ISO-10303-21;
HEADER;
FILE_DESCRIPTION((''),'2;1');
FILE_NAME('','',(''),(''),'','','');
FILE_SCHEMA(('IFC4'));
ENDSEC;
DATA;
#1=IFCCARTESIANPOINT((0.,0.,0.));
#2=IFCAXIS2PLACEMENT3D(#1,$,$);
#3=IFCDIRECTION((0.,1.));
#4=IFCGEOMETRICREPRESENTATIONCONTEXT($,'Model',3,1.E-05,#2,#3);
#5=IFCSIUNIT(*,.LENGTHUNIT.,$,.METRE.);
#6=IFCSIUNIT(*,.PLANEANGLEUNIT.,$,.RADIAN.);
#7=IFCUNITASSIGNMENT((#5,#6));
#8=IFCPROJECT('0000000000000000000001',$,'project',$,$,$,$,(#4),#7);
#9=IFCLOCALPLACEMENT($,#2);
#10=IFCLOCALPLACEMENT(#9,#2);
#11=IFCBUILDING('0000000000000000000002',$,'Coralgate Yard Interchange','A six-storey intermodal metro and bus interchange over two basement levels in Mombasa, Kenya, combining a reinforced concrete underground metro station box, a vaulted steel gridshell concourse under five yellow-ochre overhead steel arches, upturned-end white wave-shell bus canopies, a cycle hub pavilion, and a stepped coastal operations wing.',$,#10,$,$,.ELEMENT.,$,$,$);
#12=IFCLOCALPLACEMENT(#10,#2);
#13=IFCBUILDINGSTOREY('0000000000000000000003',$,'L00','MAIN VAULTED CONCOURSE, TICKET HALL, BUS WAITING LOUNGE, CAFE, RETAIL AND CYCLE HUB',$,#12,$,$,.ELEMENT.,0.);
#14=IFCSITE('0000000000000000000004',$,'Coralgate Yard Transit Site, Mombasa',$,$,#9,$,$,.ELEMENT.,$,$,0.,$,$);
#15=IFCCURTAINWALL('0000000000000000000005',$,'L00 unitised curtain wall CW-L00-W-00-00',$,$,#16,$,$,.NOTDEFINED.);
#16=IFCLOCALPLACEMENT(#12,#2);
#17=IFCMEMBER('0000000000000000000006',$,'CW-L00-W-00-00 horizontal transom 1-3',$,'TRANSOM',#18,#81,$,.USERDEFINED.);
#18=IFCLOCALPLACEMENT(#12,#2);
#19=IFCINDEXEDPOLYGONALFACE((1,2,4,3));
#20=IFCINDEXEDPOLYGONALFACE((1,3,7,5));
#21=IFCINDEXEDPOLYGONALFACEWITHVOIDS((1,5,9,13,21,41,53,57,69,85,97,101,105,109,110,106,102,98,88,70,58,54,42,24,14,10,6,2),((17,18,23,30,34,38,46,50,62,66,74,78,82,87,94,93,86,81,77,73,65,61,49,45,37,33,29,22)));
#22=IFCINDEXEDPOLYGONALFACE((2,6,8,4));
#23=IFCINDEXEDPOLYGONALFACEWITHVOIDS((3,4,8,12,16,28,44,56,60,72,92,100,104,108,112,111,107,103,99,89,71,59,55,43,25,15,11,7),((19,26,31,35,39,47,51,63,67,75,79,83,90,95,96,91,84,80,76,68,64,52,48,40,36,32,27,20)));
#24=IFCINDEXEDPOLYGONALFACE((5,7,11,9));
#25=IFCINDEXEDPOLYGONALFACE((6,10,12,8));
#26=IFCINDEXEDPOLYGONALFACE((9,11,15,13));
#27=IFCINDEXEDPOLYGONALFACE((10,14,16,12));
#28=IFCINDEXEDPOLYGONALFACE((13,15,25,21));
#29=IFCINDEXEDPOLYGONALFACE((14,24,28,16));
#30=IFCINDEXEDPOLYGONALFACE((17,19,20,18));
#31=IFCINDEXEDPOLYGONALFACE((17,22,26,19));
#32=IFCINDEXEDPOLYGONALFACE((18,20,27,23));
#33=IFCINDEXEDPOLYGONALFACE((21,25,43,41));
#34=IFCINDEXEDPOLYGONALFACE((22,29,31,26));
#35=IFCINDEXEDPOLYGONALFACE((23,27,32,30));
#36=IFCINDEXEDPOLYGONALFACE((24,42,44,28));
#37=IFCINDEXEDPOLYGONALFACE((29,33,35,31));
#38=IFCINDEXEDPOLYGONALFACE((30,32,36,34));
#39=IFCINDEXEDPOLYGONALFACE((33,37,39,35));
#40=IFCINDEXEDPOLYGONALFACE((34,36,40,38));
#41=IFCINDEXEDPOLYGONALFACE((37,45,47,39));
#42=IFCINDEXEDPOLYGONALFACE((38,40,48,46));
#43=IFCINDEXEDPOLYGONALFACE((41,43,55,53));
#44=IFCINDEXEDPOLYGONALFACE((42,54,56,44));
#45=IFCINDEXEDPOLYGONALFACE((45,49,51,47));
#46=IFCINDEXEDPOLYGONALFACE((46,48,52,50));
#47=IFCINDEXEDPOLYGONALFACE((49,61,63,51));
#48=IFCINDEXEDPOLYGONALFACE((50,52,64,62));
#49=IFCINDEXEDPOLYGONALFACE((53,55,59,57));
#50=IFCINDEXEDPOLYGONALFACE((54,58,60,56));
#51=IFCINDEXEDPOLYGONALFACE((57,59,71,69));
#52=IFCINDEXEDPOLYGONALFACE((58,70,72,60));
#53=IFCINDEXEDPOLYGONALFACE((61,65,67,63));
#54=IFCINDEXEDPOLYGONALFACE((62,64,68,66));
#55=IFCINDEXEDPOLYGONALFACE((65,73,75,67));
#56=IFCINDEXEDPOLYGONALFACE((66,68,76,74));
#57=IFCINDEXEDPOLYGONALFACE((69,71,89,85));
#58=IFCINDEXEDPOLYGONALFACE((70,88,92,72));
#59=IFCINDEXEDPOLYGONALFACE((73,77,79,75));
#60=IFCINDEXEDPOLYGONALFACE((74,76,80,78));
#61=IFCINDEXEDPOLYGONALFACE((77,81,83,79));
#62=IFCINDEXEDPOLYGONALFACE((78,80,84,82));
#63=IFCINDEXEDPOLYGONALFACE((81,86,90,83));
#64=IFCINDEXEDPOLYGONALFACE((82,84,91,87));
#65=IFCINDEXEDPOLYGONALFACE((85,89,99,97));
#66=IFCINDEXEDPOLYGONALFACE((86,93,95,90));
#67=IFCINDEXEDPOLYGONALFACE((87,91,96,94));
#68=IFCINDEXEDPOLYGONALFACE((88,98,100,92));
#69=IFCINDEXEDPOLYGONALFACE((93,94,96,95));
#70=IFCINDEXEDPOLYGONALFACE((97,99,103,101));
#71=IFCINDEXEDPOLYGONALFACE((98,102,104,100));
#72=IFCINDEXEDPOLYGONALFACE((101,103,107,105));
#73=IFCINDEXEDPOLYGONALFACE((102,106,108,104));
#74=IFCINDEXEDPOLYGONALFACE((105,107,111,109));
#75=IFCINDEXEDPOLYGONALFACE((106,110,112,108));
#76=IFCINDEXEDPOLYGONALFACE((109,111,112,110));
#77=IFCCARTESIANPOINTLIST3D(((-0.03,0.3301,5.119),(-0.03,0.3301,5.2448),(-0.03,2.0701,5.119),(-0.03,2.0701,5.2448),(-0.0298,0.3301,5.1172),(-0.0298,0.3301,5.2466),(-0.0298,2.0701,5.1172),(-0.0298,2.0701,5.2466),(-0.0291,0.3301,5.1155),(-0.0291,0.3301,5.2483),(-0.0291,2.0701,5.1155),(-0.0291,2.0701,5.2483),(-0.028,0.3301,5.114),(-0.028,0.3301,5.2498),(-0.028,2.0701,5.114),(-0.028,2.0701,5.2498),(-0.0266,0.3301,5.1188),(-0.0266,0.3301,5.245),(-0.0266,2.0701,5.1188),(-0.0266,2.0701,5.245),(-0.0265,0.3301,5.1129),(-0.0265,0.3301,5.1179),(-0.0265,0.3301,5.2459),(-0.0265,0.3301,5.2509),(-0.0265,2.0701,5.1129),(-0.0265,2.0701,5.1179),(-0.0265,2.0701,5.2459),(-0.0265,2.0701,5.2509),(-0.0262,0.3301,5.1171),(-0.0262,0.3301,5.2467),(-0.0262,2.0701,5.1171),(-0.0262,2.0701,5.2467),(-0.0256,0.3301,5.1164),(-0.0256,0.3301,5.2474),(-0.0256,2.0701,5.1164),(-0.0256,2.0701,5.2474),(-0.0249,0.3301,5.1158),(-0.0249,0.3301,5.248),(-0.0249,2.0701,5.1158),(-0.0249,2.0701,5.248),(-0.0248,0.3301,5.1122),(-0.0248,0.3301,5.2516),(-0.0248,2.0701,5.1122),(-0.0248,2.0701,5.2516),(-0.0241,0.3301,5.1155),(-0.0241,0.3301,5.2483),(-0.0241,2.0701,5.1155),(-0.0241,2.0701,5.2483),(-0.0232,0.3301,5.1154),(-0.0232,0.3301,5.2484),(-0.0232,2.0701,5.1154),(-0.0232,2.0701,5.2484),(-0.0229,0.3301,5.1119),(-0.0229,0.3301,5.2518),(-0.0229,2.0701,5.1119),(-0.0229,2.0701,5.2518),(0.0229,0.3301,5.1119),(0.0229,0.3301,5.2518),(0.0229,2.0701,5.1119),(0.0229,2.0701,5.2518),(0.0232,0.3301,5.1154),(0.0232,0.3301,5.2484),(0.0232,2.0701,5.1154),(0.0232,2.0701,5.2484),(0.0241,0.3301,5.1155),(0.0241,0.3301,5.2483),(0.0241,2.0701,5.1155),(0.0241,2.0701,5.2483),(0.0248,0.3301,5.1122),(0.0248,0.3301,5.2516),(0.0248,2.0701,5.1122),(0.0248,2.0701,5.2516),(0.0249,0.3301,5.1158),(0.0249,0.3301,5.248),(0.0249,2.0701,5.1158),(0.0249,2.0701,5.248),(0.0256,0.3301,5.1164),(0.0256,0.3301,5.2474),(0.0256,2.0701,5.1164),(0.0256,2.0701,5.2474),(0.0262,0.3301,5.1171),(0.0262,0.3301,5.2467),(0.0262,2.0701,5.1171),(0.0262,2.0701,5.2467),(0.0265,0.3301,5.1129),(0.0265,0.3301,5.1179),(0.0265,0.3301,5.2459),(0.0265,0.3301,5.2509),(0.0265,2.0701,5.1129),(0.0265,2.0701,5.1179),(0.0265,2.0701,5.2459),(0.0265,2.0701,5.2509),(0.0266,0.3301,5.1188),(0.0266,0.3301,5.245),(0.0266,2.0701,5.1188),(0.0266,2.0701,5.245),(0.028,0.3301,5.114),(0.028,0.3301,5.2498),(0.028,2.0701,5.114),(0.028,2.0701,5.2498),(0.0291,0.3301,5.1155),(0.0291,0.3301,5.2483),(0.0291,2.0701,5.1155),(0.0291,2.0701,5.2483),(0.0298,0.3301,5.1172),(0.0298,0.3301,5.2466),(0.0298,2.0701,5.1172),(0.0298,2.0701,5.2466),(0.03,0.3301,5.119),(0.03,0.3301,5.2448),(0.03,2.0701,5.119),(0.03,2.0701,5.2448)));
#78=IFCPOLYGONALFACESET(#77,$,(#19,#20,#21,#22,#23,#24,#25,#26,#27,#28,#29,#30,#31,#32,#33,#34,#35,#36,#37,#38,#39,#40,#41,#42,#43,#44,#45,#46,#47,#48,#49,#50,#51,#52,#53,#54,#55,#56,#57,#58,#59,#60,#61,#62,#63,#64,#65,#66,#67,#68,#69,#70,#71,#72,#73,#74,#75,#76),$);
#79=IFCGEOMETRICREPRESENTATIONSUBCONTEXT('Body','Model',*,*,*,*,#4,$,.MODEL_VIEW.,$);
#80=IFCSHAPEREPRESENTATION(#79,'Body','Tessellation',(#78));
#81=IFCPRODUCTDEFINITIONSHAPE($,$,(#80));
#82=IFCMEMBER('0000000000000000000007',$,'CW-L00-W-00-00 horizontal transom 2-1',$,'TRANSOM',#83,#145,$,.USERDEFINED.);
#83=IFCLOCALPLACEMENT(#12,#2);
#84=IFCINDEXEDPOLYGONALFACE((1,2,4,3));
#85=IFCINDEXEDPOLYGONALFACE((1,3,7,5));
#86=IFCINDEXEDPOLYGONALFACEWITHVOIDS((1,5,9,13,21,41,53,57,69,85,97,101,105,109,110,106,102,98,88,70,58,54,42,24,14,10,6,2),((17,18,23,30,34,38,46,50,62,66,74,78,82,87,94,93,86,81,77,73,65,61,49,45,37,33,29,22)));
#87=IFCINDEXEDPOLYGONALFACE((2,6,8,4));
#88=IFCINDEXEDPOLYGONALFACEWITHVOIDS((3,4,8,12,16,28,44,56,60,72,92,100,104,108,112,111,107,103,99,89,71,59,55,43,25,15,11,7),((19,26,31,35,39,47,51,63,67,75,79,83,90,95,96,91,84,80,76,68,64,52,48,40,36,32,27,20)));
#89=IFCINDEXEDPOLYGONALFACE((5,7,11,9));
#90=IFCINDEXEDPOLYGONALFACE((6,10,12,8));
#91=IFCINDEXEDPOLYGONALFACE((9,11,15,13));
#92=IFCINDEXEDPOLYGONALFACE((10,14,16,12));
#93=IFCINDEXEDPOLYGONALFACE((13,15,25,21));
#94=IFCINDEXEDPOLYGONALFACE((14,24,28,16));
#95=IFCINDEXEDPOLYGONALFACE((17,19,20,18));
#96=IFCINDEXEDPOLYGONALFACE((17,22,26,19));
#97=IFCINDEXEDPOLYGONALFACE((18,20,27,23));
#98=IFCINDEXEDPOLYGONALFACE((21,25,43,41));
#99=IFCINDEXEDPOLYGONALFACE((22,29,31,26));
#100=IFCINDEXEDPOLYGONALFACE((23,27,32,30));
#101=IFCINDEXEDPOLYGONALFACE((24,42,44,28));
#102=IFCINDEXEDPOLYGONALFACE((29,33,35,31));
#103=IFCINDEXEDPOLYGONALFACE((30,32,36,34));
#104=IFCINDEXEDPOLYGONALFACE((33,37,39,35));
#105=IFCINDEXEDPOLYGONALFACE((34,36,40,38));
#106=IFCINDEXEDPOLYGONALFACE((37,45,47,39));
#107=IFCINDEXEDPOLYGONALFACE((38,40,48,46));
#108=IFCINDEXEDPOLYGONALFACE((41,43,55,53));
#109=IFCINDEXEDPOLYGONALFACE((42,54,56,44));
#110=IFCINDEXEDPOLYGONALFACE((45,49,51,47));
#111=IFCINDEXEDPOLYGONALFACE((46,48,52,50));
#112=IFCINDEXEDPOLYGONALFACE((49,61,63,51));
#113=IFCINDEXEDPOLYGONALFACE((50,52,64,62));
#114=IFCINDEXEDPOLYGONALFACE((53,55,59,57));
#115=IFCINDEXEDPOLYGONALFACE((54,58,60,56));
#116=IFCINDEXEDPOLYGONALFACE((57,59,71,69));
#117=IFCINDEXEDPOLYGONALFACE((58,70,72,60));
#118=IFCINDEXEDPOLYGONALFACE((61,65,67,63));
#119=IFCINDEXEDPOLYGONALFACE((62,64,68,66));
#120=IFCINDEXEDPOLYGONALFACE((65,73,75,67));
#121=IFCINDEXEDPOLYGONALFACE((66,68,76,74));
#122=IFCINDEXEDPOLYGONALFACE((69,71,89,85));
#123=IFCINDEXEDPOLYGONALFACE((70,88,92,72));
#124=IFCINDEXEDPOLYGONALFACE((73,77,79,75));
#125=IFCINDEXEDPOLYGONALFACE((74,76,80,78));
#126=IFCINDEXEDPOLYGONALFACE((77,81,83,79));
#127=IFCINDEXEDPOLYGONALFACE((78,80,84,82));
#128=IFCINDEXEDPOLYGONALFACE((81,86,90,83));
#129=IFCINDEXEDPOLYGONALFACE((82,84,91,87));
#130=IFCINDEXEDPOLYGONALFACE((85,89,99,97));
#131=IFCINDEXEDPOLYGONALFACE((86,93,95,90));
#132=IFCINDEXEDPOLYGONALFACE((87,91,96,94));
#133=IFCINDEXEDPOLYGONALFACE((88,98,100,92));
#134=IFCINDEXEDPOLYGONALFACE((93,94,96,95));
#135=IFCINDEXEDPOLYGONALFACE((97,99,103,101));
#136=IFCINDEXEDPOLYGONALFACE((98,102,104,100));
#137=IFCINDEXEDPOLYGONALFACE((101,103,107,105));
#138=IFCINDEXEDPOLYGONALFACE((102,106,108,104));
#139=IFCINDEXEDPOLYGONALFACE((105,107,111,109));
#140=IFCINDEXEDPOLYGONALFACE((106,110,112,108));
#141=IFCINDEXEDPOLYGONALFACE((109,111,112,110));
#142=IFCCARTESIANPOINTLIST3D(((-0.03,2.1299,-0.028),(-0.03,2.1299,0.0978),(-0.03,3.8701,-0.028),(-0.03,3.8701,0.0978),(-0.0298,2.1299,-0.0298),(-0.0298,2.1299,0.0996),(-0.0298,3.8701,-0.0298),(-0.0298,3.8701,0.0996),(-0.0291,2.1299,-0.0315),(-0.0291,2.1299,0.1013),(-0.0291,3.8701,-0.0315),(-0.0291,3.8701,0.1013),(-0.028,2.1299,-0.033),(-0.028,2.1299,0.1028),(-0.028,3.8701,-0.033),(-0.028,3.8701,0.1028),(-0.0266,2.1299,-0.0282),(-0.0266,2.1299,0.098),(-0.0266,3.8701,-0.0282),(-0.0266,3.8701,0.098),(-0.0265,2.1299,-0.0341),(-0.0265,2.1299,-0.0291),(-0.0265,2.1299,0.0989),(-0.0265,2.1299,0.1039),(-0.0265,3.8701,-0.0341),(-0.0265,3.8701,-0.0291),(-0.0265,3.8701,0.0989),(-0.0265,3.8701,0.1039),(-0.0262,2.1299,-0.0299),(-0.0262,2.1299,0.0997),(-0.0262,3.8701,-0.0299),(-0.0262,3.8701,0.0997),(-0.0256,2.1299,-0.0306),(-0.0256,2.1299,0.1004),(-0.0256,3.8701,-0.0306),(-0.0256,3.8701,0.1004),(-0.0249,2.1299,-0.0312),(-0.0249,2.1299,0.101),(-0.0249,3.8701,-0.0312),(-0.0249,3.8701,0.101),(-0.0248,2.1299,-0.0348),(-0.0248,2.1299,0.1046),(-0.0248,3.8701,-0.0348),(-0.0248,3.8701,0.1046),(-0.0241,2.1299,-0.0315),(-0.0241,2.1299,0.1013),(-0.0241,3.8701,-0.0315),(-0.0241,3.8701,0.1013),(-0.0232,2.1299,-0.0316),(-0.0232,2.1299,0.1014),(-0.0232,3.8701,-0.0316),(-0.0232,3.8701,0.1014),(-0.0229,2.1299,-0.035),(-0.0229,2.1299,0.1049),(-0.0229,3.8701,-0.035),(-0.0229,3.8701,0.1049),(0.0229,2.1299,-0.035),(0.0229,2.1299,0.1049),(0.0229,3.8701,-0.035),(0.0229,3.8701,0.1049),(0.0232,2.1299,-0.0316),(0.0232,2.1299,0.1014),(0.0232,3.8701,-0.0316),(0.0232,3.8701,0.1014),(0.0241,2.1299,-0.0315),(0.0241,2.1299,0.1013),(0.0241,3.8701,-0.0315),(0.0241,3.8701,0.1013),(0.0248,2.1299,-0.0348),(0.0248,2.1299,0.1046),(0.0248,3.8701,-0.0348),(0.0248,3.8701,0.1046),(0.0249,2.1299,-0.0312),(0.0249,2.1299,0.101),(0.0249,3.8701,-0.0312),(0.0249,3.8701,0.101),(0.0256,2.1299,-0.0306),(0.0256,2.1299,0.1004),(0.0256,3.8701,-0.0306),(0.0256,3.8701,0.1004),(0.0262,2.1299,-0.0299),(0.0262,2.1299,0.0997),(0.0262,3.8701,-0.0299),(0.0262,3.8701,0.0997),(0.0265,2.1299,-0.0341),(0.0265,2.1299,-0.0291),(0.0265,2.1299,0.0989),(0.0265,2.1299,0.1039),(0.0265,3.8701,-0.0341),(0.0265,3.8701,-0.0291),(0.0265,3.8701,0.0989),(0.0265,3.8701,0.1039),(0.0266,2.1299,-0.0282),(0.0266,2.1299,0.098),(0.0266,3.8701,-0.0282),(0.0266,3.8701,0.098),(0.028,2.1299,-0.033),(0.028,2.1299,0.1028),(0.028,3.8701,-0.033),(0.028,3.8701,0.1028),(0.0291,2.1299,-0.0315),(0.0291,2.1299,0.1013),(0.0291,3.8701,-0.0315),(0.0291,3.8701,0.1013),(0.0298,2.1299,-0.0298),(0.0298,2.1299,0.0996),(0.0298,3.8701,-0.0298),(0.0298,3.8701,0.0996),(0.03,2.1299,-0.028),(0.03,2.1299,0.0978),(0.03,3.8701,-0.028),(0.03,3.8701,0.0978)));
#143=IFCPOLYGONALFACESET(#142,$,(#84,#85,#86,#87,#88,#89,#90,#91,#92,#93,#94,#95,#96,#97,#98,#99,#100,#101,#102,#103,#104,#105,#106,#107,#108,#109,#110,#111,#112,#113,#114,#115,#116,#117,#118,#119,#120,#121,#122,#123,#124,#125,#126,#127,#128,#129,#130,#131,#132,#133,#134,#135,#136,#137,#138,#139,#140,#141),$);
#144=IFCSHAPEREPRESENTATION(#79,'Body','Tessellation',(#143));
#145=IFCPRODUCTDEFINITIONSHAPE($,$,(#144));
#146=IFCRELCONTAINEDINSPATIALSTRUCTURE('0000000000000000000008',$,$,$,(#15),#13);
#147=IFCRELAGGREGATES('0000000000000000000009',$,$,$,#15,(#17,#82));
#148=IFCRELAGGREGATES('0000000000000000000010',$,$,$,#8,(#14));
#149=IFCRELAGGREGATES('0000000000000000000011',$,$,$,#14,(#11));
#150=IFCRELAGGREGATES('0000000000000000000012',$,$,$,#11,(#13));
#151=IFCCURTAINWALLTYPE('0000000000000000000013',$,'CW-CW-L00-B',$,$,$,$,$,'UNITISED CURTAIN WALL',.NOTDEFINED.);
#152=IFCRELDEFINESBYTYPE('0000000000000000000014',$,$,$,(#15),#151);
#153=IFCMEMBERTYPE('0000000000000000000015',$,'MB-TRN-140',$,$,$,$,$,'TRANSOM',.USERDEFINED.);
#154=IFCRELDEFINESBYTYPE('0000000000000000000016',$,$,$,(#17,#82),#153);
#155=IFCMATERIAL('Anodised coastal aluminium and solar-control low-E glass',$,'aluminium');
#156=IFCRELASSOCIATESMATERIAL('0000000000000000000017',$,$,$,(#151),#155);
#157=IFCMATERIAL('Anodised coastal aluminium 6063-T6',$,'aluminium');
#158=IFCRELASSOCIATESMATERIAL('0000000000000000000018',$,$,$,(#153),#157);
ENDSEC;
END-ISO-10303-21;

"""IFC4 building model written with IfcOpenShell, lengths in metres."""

from ifc_helpers import new_model, si_unit, direction, frame, origin, origin_2d, place, context, subcontext, project, spatial, hollow_rectangle, extrude, material, material_profile, profile_set, type_object, element, aggregate, save


model = new_model("IFC4")

# Units and contexts
model_context = context("Model", 3, precision=1e-05, world=origin(), true_north=direction((0.0, 1.0)))
body_context = subcontext(model_context, "Body", "Model", "MODEL_VIEW")
ifc_project = project(units=[si_unit("LENGTHUNIT", "METRE"), si_unit("PLANEANGLEUNIT", "RADIAN")], contexts=[model_context])

# Site, building, storey
site_placement = place(None, origin())
site = spatial("IfcSite", under=ifc_project, at=site_placement, Name="Coralgate Yard Transit Site, Mombasa", CompositionType="ELEMENT", RefElevation=0.0)
building_placement = place(site_placement, origin())
building = spatial("IfcBuilding", under=site, at=building_placement, Name="Coralgate Yard Interchange", Description="A six-storey intermodal metro and bus interchange over two basement levels in Mombasa, Kenya, combining a reinforced concrete underground metro station box, a vaulted steel gridshell concourse under five yellow-ochre overhead steel arches, upturned-end white wave-shell bus canopies, a cycle hub pavilion, and a stepped coastal operations wing.", CompositionType="ELEMENT")
storey_placement = place(building_placement, origin())
storey = spatial("IfcBuildingStorey", under=building, at=storey_placement, Name="L00", Description="MAIN VAULTED CONCOURSE, TICKET HALL, BUS WAITING LOUNGE, CAFE, RETAIL AND CYCLE HUB", CompositionType="ELEMENT", Elevation=0.0)

# Curtain wall, members
ifc_material_1 = material(Name="Anodised coastal aluminium and solar-control low-E glass", Category="aluminium")
curtain_wall_type = type_object("IfcCurtainWallType", Name="CW-CW-L00-B", ElementType="UNITISED CURTAIN WALL", PredefinedType="NOTDEFINED", material=ifc_material_1)
curtain_wall_placement = place(storey_placement, origin())
curtain_wall = element("IfcCurtainWall", 1, at=curtain_wall_placement, inside=storey, type_object=curtain_wall_type, Name="L00 unitised curtain wall CW-L00-W-00-00", PredefinedType="NOTDEFINED")
ifc_material_2 = material(Name="Anodised coastal aluminium 6063-T6", Category="aluminium")
ifc_material_profile_1 = material_profile(ifc_material_2, hollow_rectangle(XDim=0.0601, YDim=0.1399, WallThickness=0.0034, InnerFilletRadius=0.0034, OuterFilletRadius=0.0071, at=origin_2d()), Name="ALU 60x140x3.5")
ifc_profile_set_1 = profile_set([ifc_material_profile_1], Name="Anodised coastal aluminium 6063-T6")
member_type_1 = type_object("IfcMemberType", Name="MB-TRN-140", ElementType="TRANSOM", PredefinedType="USERDEFINED", material=ifc_profile_set_1)
member_1_placement = place(storey_placement, frame((0.0, 0.3301, 5.1819), z_axis=(0.0, 1.0, 0.0), x_axis=(-1.0, 0.0, 0.0)))
member_1 = element("IfcMember", 2, at=member_1_placement, type_object=member_type_1, Name="CW-L00-W-00-00 horizontal transom 1-3", ObjectType="TRANSOM", PredefinedType="USERDEFINED", context=body_context, shape_type="SweptSolid", body=[
    extrude(hollow_rectangle(XDim=0.0601, YDim=0.1399, WallThickness=0.0034, InnerFilletRadius=0.0034, OuterFilletRadius=0.0071, at=origin_2d()), origin(), (0.0, 0.0, 1.0), 1.74),
])
member_2_placement = place(storey_placement, frame((0.0, 2.1299, 0.0349), z_axis=(0.0, 1.0, 0.0), x_axis=(-1.0, 0.0, 0.0)))
member_2 = element("IfcMember", 3, at=member_2_placement, type_object=member_type_1, Name="CW-L00-W-00-00 horizontal transom 2-1", ObjectType="TRANSOM", PredefinedType="USERDEFINED", context=body_context, shape_type="SweptSolid", body=[
    extrude(hollow_rectangle(XDim=0.0601, YDim=0.1399, WallThickness=0.0034, InnerFilletRadius=0.0034, OuterFilletRadius=0.0071, at=origin_2d()), origin(), (0.0, 0.0, 1.0), 1.7402),
])
aggregate(curtain_wall, [member_1, member_2])

save(model, "model.ifc")
